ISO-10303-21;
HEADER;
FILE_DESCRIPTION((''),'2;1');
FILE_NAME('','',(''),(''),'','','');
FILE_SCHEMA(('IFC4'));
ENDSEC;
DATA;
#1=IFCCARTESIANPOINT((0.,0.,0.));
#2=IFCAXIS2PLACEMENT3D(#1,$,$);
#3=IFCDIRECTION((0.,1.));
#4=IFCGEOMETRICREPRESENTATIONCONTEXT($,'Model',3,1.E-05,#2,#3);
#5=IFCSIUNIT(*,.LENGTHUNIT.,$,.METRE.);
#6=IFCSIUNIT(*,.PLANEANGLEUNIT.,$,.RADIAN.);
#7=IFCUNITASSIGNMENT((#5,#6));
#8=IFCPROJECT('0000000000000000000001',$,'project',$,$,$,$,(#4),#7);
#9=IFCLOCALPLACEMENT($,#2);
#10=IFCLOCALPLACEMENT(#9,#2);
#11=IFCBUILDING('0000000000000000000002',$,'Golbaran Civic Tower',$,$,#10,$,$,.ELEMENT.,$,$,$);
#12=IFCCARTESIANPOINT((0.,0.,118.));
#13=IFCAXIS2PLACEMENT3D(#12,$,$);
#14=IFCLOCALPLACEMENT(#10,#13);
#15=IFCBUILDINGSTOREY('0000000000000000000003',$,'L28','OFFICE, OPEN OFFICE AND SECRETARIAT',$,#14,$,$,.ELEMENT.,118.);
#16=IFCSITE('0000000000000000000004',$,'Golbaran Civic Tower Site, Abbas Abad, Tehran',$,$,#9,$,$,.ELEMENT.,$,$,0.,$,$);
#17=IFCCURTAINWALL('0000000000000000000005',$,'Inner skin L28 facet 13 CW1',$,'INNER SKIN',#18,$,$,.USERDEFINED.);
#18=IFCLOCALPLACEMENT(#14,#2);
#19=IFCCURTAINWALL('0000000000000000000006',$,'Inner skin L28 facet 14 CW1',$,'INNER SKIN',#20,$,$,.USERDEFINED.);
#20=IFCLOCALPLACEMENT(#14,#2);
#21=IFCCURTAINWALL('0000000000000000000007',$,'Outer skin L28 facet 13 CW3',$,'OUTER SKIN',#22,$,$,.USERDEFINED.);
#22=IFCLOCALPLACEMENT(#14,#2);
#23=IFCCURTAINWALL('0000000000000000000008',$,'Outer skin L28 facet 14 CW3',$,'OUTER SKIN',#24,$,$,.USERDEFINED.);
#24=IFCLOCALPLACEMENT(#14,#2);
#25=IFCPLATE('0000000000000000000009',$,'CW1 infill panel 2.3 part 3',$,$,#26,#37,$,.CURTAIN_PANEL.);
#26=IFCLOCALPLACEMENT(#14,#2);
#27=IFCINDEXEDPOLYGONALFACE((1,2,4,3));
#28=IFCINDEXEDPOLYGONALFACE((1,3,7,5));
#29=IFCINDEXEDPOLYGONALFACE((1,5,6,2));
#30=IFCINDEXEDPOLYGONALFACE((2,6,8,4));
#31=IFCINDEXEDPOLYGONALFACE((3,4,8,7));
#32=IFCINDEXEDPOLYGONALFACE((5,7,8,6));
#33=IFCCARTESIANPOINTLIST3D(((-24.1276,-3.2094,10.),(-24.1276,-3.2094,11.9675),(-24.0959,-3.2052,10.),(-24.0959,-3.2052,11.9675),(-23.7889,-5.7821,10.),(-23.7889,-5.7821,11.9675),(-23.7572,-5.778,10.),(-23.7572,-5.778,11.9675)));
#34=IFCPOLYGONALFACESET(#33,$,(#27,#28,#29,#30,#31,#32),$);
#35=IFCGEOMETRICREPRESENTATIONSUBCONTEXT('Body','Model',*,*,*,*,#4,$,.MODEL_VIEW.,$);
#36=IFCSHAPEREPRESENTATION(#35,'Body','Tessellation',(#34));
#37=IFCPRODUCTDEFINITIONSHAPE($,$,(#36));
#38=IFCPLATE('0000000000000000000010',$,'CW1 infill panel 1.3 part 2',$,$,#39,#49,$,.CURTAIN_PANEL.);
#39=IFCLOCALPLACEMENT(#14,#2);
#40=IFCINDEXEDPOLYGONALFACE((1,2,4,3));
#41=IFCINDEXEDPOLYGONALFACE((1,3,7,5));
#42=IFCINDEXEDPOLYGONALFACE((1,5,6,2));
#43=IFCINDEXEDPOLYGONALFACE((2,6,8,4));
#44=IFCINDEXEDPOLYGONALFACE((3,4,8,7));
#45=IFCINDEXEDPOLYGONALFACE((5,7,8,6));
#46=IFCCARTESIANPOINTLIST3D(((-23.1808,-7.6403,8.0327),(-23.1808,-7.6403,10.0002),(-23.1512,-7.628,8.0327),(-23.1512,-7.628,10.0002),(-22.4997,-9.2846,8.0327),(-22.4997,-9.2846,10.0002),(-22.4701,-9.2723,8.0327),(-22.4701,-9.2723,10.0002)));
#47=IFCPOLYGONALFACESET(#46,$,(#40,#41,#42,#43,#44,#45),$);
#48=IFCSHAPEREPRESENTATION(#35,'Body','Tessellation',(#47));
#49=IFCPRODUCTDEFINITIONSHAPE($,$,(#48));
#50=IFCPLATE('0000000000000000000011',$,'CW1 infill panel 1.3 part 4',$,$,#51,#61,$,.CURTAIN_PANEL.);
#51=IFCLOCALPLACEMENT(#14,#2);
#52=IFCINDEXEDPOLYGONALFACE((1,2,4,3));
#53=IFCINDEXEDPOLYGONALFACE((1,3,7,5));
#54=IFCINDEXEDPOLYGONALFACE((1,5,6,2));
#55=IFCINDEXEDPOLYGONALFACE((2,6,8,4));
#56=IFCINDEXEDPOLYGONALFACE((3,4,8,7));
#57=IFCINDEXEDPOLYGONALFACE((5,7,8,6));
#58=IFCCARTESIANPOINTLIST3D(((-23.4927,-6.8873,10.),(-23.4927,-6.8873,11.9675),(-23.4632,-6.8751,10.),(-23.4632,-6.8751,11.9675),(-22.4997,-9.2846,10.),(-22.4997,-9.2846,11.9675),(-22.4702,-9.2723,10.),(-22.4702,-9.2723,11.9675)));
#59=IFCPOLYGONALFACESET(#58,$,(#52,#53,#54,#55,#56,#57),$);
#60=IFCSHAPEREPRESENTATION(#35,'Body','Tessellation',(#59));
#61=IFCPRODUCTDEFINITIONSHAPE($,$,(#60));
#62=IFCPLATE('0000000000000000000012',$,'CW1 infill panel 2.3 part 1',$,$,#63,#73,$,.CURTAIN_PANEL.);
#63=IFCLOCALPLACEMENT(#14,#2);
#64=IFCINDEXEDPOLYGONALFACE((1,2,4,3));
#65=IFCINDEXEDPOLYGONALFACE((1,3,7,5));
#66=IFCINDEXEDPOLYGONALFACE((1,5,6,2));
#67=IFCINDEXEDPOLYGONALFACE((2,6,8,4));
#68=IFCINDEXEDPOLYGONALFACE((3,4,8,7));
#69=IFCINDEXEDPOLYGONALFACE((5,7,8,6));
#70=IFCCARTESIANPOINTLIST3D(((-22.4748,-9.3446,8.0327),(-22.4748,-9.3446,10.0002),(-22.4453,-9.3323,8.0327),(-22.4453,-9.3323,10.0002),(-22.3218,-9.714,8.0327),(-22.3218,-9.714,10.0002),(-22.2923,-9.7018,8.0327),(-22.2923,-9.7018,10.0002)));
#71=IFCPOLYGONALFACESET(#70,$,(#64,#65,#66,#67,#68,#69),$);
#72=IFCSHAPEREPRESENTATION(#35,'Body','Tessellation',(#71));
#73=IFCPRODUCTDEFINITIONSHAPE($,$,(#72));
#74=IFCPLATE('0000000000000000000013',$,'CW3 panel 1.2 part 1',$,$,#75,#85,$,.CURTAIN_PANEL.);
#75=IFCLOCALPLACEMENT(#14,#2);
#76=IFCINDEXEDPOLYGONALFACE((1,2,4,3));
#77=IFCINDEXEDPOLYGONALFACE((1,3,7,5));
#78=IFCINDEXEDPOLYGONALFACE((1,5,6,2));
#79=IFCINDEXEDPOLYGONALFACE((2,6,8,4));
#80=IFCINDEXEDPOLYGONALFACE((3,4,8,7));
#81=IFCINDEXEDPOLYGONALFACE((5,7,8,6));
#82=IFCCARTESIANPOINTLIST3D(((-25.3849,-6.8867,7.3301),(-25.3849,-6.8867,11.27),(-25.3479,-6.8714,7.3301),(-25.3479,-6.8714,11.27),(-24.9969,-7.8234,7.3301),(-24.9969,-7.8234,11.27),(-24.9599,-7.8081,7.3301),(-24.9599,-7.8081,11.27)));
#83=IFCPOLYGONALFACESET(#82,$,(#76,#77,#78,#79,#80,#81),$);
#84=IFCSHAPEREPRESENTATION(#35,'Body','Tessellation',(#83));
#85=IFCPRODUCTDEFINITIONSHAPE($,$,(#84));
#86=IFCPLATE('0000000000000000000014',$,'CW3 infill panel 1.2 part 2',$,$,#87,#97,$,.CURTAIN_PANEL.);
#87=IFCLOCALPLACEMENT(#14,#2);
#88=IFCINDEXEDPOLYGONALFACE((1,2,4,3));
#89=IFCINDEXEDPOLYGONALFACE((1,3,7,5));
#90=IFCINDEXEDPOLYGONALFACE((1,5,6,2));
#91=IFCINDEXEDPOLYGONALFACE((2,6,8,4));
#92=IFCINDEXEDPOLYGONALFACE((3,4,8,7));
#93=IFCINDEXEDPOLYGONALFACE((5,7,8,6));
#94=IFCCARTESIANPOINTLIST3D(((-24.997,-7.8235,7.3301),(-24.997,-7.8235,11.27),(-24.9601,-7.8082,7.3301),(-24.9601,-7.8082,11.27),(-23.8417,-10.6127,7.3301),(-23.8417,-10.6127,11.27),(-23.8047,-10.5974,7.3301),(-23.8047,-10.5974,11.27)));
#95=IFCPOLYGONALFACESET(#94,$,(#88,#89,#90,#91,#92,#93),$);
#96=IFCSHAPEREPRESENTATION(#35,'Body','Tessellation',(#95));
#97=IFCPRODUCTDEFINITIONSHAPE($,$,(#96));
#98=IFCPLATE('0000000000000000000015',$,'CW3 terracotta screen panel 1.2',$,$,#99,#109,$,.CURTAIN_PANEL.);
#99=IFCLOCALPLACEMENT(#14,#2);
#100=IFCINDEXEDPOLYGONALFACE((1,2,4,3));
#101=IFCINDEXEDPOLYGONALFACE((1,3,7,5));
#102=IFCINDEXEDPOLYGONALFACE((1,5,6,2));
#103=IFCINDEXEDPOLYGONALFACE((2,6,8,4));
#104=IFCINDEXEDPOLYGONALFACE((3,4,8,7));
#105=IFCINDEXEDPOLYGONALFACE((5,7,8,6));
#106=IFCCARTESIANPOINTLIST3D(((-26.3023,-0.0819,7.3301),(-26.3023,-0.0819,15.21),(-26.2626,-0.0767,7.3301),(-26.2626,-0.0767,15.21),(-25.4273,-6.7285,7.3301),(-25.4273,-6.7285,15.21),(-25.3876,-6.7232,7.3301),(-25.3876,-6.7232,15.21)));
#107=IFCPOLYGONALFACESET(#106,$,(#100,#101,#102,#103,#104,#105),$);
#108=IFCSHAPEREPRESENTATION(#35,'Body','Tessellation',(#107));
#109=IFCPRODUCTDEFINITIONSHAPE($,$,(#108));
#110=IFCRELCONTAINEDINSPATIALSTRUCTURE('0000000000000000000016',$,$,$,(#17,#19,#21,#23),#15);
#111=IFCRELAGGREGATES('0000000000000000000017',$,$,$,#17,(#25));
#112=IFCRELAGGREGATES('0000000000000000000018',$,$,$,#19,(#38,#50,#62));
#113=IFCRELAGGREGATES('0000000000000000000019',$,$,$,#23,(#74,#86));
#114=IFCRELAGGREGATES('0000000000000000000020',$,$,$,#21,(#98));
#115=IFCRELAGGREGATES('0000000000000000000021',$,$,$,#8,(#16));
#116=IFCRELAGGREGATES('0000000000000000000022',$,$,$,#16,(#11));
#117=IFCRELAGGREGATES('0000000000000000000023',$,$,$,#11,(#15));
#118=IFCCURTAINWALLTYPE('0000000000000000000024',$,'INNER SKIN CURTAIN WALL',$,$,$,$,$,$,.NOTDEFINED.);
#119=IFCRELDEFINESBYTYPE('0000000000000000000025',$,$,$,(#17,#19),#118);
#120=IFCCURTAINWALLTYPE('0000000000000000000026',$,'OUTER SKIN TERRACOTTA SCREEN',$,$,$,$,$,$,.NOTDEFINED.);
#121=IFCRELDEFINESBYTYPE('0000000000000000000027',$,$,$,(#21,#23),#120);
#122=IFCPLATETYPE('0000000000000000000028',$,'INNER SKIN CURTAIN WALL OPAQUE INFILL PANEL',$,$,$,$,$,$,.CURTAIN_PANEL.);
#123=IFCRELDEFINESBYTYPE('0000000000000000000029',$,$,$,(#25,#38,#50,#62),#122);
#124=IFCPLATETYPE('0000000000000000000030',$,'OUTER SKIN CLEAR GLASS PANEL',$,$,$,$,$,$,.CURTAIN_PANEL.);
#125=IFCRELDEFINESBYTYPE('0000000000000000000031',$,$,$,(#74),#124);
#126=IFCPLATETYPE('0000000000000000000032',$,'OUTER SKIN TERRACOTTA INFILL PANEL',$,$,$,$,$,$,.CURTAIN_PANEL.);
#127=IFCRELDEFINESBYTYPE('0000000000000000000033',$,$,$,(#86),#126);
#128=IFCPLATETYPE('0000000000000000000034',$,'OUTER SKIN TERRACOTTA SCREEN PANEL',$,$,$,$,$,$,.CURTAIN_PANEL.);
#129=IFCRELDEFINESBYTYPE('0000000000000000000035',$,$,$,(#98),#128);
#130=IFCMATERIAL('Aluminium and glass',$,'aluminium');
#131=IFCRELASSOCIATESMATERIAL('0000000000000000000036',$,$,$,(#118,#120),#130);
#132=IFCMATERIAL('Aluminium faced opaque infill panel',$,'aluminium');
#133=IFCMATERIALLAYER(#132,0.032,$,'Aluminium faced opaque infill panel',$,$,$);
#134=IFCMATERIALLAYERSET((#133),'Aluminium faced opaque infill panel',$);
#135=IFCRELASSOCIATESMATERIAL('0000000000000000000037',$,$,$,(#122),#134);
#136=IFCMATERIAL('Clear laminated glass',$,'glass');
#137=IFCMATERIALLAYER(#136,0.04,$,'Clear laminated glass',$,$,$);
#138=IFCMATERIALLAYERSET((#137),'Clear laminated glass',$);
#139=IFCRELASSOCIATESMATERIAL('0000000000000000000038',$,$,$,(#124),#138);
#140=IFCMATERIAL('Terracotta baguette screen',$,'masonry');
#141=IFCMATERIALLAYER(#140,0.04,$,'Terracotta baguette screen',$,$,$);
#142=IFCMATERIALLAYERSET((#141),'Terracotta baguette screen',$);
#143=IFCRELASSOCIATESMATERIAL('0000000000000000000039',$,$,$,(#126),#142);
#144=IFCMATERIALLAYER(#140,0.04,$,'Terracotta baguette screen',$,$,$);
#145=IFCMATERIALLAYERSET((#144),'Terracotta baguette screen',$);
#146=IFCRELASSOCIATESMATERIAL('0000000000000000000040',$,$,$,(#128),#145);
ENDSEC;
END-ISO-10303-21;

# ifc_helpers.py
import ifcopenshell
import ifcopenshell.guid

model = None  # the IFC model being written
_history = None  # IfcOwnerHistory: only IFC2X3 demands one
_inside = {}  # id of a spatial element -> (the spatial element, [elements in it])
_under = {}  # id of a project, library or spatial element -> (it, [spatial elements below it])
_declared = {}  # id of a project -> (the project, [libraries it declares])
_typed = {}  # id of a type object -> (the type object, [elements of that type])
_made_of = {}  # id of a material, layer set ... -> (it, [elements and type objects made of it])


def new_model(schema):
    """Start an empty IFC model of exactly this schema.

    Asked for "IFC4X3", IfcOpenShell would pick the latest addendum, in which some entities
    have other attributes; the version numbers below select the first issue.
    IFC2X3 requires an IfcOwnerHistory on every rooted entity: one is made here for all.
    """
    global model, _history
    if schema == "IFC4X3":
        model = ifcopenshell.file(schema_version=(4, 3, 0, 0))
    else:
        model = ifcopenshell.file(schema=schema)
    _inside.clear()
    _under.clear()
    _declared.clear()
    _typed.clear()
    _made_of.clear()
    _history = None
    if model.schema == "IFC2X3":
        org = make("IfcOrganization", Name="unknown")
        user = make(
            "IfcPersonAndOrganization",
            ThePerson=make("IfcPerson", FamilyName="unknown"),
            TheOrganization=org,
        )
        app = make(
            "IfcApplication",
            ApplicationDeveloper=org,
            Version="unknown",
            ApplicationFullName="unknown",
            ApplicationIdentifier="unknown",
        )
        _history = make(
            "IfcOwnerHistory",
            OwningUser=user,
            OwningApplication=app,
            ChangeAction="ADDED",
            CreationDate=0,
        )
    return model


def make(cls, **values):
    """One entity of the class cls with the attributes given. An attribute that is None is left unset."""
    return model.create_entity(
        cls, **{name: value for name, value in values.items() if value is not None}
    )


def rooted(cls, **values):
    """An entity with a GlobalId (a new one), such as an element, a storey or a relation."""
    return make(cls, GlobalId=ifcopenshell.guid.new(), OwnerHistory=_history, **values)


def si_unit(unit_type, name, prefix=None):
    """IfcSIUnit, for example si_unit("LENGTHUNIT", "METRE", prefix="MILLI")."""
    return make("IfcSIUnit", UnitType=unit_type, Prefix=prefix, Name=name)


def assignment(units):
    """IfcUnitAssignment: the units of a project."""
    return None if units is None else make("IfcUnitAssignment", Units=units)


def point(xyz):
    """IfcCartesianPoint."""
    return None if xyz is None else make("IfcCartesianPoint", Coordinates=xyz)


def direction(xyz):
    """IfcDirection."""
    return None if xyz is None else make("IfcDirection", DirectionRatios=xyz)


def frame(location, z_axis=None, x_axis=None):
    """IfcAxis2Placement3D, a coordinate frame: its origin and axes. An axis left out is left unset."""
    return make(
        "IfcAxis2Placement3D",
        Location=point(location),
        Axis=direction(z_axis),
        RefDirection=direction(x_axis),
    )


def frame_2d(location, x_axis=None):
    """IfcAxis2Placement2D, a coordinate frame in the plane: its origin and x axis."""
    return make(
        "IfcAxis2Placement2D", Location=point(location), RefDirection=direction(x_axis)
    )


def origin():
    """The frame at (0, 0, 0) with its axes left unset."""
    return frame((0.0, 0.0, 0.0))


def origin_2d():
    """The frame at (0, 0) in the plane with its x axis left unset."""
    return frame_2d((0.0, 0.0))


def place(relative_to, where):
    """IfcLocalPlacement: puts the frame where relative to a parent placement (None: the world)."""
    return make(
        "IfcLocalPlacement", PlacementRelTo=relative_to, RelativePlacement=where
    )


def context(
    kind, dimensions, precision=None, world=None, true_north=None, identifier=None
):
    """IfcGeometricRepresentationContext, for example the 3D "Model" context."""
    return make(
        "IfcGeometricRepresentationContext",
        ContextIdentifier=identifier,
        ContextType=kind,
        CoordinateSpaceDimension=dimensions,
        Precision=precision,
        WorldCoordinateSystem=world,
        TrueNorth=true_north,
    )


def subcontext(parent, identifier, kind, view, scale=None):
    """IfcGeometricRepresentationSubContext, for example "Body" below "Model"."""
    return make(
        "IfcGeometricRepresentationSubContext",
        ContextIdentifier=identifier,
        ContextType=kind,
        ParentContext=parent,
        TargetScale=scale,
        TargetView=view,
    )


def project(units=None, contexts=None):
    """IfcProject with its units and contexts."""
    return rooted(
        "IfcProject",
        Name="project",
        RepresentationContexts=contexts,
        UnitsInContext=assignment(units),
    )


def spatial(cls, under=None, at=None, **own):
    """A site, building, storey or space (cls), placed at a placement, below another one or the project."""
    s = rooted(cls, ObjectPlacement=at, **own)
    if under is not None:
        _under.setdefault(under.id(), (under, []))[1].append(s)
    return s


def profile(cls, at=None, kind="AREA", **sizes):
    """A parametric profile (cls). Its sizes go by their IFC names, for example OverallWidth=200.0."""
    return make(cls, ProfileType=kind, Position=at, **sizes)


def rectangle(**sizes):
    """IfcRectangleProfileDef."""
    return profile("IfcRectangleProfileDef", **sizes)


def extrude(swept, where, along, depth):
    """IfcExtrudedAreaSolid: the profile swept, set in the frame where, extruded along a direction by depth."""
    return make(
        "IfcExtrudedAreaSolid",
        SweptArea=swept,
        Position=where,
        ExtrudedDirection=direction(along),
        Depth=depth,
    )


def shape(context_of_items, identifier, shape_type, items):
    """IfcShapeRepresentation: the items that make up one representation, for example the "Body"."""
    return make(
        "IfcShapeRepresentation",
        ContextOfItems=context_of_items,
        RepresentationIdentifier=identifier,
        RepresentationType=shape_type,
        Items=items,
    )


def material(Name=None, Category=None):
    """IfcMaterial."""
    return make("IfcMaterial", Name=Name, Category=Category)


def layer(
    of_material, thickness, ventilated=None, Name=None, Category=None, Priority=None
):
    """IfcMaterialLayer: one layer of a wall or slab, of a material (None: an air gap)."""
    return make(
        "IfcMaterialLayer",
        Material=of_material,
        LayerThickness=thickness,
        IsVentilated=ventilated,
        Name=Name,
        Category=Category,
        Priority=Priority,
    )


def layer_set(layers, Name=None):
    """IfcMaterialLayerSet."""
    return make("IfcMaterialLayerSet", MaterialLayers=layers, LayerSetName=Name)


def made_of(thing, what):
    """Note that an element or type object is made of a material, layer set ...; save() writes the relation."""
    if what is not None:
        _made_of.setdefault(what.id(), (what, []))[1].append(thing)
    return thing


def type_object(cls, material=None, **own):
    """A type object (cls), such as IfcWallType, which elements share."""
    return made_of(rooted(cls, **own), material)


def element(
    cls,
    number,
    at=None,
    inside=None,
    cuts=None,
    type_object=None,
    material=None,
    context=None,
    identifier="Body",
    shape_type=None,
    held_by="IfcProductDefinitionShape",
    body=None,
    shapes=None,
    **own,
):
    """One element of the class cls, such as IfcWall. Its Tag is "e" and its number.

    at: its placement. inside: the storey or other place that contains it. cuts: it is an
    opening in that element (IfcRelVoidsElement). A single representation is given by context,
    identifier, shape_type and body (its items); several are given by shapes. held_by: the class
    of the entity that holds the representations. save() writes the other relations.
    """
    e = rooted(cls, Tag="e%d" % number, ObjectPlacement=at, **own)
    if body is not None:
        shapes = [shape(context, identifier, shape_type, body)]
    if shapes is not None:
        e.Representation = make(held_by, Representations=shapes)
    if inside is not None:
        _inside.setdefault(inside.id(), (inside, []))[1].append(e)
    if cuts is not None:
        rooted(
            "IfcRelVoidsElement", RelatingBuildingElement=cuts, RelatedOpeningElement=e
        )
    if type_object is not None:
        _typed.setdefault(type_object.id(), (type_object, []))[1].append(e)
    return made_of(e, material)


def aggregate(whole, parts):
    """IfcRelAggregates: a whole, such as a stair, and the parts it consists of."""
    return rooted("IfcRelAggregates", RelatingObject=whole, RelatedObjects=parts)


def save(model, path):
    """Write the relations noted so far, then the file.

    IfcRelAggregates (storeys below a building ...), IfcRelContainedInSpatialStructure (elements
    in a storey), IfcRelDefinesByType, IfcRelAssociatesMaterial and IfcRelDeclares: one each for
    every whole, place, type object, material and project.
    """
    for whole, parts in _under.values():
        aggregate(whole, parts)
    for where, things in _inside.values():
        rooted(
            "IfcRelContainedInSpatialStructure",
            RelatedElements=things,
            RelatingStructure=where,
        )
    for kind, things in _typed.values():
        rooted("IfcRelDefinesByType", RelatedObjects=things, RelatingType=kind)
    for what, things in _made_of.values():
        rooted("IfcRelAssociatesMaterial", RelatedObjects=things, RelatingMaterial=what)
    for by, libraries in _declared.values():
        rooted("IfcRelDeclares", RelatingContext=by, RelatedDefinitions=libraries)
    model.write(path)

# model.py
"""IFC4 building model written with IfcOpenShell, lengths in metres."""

from ifc_helpers import new_model, si_unit, direction, frame, origin, origin_2d, place, context, subcontext, project, spatial, rectangle, extrude, material, layer, layer_set, type_object, element, aggregate, save


model = new_model("IFC4")

# Units and contexts
model_context = context("Model", 3, precision=1e-05, world=origin(), true_north=direction((0.0, 1.0)))
body_context = subcontext(model_context, "Body", "Model", "MODEL_VIEW")
ifc_project = project(units=[si_unit("LENGTHUNIT", "METRE"), si_unit("PLANEANGLEUNIT", "RADIAN")], contexts=[model_context])

# Site, building, storey
site_placement = place(None, origin())
site = spatial("IfcSite", under=ifc_project, at=site_placement, Name="Golbaran Civic Tower Site, Abbas Abad, Tehran", CompositionType="ELEMENT", RefElevation=0.0)
building_placement = place(site_placement, origin())
building = spatial("IfcBuilding", under=site, at=building_placement, Name="Golbaran Civic Tower", CompositionType="ELEMENT")
storey_placement = place(building_placement, frame((0.0, 0.0, 118.0)))
storey = spatial("IfcBuildingStorey", under=building, at=storey_placement, Name="L28", Description="OFFICE, OPEN OFFICE AND SECRETARIAT", CompositionType="ELEMENT", Elevation=118.0)

# Curtain walls
ifc_material_1 = material(Name="Aluminium and glass", Category="aluminium")
curtain_wall_type_1 = type_object("IfcCurtainWallType", Name="INNER SKIN CURTAIN WALL", PredefinedType="NOTDEFINED", material=ifc_material_1)
curtain_wall_1_placement = place(storey_placement, origin())
curtain_wall_1 = element("IfcCurtainWall", 1, at=curtain_wall_1_placement, inside=storey, type_object=curtain_wall_type_1, Name="Inner skin L28 facet 13 CW1", ObjectType="INNER SKIN", PredefinedType="USERDEFINED")
curtain_wall_2_placement = place(storey_placement, origin())
curtain_wall_2 = element("IfcCurtainWall", 2, at=curtain_wall_2_placement, inside=storey, type_object=curtain_wall_type_1, Name="Inner skin L28 facet 14 CW1", ObjectType="INNER SKIN", PredefinedType="USERDEFINED")

# Curtain walls
curtain_wall_type_2 = type_object("IfcCurtainWallType", Name="OUTER SKIN TERRACOTTA SCREEN", PredefinedType="NOTDEFINED", material=ifc_material_1)
curtain_wall_3_placement = place(storey_placement, origin())
curtain_wall_3 = element("IfcCurtainWall", 3, at=curtain_wall_3_placement, inside=storey, type_object=curtain_wall_type_2, Name="Outer skin L28 facet 13 CW3", ObjectType="OUTER SKIN", PredefinedType="USERDEFINED")
curtain_wall_4_placement = place(storey_placement, origin())
curtain_wall_4 = element("IfcCurtainWall", 4, at=curtain_wall_4_placement, inside=storey, type_object=curtain_wall_type_2, Name="Outer skin L28 facet 14 CW3", ObjectType="OUTER SKIN", PredefinedType="USERDEFINED")

# Plates
ifc_material_2 = material(Name="Aluminium faced opaque infill panel", Category="aluminium")
ifc_layer_1 = layer(ifc_material_2, 0.032, Name="Aluminium faced opaque infill panel")
ifc_layer_set_1 = layer_set([ifc_layer_1], Name="Aluminium faced opaque infill panel")
plate_type_1 = type_object("IfcPlateType", Name="INNER SKIN CURTAIN WALL OPAQUE INFILL PANEL", PredefinedType="CURTAIN_PANEL", material=ifc_layer_set_1)
plate_1_placement = place(storey_placement, frame((-23.9424, -4.4937, 10.0), z_axis=(0.0, 0.0, 1.0), x_axis=(0.130526, -0.991445, 0.0)))
plate_1 = element("IfcPlate", 5, at=plate_1_placement, type_object=plate_type_1, Name="CW1 infill panel 2.3 part 3", PredefinedType="CURTAIN_PANEL", context=body_context, shape_type="SweptSolid", body=[
    extrude(rectangle(XDim=2.595, YDim=0.032, at=origin_2d()), origin(), (0.0, 0.0, 1.0), 1.9675),
])
aggregate(curtain_wall_1, [plate_1])
plate_2_placement = place(storey_placement, frame((-22.8254, -8.4563, 8.0327), z_axis=(0.0, 0.0, 1.0), x_axis=(0.382683, -0.92388, 0.0)))
plate_2 = element("IfcPlate", 6, at=plate_2_placement, type_object=plate_type_1, Name="CW1 infill panel 1.3 part 2", PredefinedType="CURTAIN_PANEL", context=body_context, shape_type="SweptSolid", body=[
    extrude(rectangle(XDim=1.7798, YDim=0.032, at=origin_2d()), origin(), (0.0, 0.0, 1.0), 1.9675),
])
plate_3_placement = place(storey_placement, frame((-22.9814, -8.0798, 10.0), z_axis=(0.0, 0.0, 1.0), x_axis=(0.382683, -0.92388, 0.0)))
plate_3 = element("IfcPlate", 7, at=plate_3_placement, type_object=plate_type_1, Name="CW1 infill panel 1.3 part 4", PredefinedType="CURTAIN_PANEL", context=body_context, shape_type="SweptSolid", body=[
    extrude(rectangle(XDim=2.5947, YDim=0.032, at=origin_2d()), origin(), (0.0, 0.0, 1.0), 1.9675),
])
plate_4_placement = place(storey_placement, frame((-22.3835, -9.5232, 8.0327), z_axis=(0.0, 0.0, 1.0), x_axis=(0.382683, -0.92388, 0.0)))
plate_4 = element("IfcPlate", 8, at=plate_4_placement, type_object=plate_type_1, Name="CW1 infill panel 2.3 part 1", PredefinedType="CURTAIN_PANEL", context=body_context, shape_type="SweptSolid", body=[
    extrude(rectangle(XDim=0.3999, YDim=0.032, at=origin_2d()), origin(), (0.0, 0.0, 1.0), 1.9675),
])
aggregate(curtain_wall_2, [plate_2, plate_3, plate_4])
ifc_material_3 = material(Name="Clear laminated glass", Category="glass")
ifc_layer_2 = layer(ifc_material_3, 0.04, Name="Clear laminated glass")
ifc_layer_set_2 = layer_set([ifc_layer_2], Name="Clear laminated glass")
plate_type_2 = type_object("IfcPlateType", Name="OUTER SKIN CLEAR GLASS PANEL", PredefinedType="CURTAIN_PANEL", material=ifc_layer_set_2)
plate_5_placement = place(storey_placement, frame((-25.1724, -7.3474, 7.3301), z_axis=(0.0, 0.0, 1.0), x_axis=(0.382683, -0.92388, 0.0)))
plate_5 = element("IfcPlate", 9, at=plate_5_placement, type_object=plate_type_2, Name="CW3 panel 1.2 part 1", PredefinedType="CURTAIN_PANEL", context=body_context, shape_type="SweptSolid", body=[
    extrude(rectangle(XDim=1.0139, YDim=0.04, at=origin_2d()), origin(), (0.0, 0.0, 1.0), 3.9399),
])
ifc_material_4 = material(Name="Terracotta baguette screen", Category="masonry")
ifc_layer_3 = layer(ifc_material_4, 0.04, Name="Terracotta baguette screen")
ifc_layer_set_3 = layer_set([ifc_layer_3], Name="Terracotta baguette screen")
plate_type_3 = type_object("IfcPlateType", Name="OUTER SKIN TERRACOTTA INFILL PANEL", PredefinedType="CURTAIN_PANEL", material=ifc_layer_set_3)
plate_6_placement = place(storey_placement, frame((-24.4009, -9.2104, 7.3301), z_axis=(0.0, 0.0, 1.0), x_axis=(0.382683, -0.92388, 0.0)))
plate_6 = element("IfcPlate", 10, at=plate_6_placement, type_object=plate_type_3, Name="CW3 infill panel 1.2 part 2", PredefinedType="CURTAIN_PANEL", context=body_context, shape_type="SweptSolid", body=[
    extrude(rectangle(XDim=3.019, YDim=0.04, at=origin_2d()), origin(), (0.0, 0.0, 1.0), 3.9399),
])
aggregate(curtain_wall_4, [plate_5, plate_6])
ifc_layer_4 = layer(ifc_material_4, 0.04, Name="Terracotta baguette screen")
ifc_layer_set_4 = layer_set([ifc_layer_4], Name="Terracotta baguette screen")
plate_type_4 = type_object("IfcPlateType", Name="OUTER SKIN TERRACOTTA SCREEN PANEL", PredefinedType="CURTAIN_PANEL", material=ifc_layer_set_4)
plate_7_placement = place(storey_placement, frame((-25.845, -3.4026, 7.3301), z_axis=(0.0, 0.0, 1.0), x_axis=(0.130526, -0.991445, 0.0)))
plate_7 = element("IfcPlate", 11, at=plate_7_placement, type_object=plate_type_4, Name="CW3 terracotta screen panel 1.2", PredefinedType="CURTAIN_PANEL", context=body_context, shape_type="SweptSolid", body=[
    extrude(rectangle(XDim=6.7039, YDim=0.04, at=origin_2d()), origin(), (0.0, 0.0, 1.0), 7.8799),
])
aggregate(curtain_wall_3, [plate_7])

save(model, "model.ifc")
